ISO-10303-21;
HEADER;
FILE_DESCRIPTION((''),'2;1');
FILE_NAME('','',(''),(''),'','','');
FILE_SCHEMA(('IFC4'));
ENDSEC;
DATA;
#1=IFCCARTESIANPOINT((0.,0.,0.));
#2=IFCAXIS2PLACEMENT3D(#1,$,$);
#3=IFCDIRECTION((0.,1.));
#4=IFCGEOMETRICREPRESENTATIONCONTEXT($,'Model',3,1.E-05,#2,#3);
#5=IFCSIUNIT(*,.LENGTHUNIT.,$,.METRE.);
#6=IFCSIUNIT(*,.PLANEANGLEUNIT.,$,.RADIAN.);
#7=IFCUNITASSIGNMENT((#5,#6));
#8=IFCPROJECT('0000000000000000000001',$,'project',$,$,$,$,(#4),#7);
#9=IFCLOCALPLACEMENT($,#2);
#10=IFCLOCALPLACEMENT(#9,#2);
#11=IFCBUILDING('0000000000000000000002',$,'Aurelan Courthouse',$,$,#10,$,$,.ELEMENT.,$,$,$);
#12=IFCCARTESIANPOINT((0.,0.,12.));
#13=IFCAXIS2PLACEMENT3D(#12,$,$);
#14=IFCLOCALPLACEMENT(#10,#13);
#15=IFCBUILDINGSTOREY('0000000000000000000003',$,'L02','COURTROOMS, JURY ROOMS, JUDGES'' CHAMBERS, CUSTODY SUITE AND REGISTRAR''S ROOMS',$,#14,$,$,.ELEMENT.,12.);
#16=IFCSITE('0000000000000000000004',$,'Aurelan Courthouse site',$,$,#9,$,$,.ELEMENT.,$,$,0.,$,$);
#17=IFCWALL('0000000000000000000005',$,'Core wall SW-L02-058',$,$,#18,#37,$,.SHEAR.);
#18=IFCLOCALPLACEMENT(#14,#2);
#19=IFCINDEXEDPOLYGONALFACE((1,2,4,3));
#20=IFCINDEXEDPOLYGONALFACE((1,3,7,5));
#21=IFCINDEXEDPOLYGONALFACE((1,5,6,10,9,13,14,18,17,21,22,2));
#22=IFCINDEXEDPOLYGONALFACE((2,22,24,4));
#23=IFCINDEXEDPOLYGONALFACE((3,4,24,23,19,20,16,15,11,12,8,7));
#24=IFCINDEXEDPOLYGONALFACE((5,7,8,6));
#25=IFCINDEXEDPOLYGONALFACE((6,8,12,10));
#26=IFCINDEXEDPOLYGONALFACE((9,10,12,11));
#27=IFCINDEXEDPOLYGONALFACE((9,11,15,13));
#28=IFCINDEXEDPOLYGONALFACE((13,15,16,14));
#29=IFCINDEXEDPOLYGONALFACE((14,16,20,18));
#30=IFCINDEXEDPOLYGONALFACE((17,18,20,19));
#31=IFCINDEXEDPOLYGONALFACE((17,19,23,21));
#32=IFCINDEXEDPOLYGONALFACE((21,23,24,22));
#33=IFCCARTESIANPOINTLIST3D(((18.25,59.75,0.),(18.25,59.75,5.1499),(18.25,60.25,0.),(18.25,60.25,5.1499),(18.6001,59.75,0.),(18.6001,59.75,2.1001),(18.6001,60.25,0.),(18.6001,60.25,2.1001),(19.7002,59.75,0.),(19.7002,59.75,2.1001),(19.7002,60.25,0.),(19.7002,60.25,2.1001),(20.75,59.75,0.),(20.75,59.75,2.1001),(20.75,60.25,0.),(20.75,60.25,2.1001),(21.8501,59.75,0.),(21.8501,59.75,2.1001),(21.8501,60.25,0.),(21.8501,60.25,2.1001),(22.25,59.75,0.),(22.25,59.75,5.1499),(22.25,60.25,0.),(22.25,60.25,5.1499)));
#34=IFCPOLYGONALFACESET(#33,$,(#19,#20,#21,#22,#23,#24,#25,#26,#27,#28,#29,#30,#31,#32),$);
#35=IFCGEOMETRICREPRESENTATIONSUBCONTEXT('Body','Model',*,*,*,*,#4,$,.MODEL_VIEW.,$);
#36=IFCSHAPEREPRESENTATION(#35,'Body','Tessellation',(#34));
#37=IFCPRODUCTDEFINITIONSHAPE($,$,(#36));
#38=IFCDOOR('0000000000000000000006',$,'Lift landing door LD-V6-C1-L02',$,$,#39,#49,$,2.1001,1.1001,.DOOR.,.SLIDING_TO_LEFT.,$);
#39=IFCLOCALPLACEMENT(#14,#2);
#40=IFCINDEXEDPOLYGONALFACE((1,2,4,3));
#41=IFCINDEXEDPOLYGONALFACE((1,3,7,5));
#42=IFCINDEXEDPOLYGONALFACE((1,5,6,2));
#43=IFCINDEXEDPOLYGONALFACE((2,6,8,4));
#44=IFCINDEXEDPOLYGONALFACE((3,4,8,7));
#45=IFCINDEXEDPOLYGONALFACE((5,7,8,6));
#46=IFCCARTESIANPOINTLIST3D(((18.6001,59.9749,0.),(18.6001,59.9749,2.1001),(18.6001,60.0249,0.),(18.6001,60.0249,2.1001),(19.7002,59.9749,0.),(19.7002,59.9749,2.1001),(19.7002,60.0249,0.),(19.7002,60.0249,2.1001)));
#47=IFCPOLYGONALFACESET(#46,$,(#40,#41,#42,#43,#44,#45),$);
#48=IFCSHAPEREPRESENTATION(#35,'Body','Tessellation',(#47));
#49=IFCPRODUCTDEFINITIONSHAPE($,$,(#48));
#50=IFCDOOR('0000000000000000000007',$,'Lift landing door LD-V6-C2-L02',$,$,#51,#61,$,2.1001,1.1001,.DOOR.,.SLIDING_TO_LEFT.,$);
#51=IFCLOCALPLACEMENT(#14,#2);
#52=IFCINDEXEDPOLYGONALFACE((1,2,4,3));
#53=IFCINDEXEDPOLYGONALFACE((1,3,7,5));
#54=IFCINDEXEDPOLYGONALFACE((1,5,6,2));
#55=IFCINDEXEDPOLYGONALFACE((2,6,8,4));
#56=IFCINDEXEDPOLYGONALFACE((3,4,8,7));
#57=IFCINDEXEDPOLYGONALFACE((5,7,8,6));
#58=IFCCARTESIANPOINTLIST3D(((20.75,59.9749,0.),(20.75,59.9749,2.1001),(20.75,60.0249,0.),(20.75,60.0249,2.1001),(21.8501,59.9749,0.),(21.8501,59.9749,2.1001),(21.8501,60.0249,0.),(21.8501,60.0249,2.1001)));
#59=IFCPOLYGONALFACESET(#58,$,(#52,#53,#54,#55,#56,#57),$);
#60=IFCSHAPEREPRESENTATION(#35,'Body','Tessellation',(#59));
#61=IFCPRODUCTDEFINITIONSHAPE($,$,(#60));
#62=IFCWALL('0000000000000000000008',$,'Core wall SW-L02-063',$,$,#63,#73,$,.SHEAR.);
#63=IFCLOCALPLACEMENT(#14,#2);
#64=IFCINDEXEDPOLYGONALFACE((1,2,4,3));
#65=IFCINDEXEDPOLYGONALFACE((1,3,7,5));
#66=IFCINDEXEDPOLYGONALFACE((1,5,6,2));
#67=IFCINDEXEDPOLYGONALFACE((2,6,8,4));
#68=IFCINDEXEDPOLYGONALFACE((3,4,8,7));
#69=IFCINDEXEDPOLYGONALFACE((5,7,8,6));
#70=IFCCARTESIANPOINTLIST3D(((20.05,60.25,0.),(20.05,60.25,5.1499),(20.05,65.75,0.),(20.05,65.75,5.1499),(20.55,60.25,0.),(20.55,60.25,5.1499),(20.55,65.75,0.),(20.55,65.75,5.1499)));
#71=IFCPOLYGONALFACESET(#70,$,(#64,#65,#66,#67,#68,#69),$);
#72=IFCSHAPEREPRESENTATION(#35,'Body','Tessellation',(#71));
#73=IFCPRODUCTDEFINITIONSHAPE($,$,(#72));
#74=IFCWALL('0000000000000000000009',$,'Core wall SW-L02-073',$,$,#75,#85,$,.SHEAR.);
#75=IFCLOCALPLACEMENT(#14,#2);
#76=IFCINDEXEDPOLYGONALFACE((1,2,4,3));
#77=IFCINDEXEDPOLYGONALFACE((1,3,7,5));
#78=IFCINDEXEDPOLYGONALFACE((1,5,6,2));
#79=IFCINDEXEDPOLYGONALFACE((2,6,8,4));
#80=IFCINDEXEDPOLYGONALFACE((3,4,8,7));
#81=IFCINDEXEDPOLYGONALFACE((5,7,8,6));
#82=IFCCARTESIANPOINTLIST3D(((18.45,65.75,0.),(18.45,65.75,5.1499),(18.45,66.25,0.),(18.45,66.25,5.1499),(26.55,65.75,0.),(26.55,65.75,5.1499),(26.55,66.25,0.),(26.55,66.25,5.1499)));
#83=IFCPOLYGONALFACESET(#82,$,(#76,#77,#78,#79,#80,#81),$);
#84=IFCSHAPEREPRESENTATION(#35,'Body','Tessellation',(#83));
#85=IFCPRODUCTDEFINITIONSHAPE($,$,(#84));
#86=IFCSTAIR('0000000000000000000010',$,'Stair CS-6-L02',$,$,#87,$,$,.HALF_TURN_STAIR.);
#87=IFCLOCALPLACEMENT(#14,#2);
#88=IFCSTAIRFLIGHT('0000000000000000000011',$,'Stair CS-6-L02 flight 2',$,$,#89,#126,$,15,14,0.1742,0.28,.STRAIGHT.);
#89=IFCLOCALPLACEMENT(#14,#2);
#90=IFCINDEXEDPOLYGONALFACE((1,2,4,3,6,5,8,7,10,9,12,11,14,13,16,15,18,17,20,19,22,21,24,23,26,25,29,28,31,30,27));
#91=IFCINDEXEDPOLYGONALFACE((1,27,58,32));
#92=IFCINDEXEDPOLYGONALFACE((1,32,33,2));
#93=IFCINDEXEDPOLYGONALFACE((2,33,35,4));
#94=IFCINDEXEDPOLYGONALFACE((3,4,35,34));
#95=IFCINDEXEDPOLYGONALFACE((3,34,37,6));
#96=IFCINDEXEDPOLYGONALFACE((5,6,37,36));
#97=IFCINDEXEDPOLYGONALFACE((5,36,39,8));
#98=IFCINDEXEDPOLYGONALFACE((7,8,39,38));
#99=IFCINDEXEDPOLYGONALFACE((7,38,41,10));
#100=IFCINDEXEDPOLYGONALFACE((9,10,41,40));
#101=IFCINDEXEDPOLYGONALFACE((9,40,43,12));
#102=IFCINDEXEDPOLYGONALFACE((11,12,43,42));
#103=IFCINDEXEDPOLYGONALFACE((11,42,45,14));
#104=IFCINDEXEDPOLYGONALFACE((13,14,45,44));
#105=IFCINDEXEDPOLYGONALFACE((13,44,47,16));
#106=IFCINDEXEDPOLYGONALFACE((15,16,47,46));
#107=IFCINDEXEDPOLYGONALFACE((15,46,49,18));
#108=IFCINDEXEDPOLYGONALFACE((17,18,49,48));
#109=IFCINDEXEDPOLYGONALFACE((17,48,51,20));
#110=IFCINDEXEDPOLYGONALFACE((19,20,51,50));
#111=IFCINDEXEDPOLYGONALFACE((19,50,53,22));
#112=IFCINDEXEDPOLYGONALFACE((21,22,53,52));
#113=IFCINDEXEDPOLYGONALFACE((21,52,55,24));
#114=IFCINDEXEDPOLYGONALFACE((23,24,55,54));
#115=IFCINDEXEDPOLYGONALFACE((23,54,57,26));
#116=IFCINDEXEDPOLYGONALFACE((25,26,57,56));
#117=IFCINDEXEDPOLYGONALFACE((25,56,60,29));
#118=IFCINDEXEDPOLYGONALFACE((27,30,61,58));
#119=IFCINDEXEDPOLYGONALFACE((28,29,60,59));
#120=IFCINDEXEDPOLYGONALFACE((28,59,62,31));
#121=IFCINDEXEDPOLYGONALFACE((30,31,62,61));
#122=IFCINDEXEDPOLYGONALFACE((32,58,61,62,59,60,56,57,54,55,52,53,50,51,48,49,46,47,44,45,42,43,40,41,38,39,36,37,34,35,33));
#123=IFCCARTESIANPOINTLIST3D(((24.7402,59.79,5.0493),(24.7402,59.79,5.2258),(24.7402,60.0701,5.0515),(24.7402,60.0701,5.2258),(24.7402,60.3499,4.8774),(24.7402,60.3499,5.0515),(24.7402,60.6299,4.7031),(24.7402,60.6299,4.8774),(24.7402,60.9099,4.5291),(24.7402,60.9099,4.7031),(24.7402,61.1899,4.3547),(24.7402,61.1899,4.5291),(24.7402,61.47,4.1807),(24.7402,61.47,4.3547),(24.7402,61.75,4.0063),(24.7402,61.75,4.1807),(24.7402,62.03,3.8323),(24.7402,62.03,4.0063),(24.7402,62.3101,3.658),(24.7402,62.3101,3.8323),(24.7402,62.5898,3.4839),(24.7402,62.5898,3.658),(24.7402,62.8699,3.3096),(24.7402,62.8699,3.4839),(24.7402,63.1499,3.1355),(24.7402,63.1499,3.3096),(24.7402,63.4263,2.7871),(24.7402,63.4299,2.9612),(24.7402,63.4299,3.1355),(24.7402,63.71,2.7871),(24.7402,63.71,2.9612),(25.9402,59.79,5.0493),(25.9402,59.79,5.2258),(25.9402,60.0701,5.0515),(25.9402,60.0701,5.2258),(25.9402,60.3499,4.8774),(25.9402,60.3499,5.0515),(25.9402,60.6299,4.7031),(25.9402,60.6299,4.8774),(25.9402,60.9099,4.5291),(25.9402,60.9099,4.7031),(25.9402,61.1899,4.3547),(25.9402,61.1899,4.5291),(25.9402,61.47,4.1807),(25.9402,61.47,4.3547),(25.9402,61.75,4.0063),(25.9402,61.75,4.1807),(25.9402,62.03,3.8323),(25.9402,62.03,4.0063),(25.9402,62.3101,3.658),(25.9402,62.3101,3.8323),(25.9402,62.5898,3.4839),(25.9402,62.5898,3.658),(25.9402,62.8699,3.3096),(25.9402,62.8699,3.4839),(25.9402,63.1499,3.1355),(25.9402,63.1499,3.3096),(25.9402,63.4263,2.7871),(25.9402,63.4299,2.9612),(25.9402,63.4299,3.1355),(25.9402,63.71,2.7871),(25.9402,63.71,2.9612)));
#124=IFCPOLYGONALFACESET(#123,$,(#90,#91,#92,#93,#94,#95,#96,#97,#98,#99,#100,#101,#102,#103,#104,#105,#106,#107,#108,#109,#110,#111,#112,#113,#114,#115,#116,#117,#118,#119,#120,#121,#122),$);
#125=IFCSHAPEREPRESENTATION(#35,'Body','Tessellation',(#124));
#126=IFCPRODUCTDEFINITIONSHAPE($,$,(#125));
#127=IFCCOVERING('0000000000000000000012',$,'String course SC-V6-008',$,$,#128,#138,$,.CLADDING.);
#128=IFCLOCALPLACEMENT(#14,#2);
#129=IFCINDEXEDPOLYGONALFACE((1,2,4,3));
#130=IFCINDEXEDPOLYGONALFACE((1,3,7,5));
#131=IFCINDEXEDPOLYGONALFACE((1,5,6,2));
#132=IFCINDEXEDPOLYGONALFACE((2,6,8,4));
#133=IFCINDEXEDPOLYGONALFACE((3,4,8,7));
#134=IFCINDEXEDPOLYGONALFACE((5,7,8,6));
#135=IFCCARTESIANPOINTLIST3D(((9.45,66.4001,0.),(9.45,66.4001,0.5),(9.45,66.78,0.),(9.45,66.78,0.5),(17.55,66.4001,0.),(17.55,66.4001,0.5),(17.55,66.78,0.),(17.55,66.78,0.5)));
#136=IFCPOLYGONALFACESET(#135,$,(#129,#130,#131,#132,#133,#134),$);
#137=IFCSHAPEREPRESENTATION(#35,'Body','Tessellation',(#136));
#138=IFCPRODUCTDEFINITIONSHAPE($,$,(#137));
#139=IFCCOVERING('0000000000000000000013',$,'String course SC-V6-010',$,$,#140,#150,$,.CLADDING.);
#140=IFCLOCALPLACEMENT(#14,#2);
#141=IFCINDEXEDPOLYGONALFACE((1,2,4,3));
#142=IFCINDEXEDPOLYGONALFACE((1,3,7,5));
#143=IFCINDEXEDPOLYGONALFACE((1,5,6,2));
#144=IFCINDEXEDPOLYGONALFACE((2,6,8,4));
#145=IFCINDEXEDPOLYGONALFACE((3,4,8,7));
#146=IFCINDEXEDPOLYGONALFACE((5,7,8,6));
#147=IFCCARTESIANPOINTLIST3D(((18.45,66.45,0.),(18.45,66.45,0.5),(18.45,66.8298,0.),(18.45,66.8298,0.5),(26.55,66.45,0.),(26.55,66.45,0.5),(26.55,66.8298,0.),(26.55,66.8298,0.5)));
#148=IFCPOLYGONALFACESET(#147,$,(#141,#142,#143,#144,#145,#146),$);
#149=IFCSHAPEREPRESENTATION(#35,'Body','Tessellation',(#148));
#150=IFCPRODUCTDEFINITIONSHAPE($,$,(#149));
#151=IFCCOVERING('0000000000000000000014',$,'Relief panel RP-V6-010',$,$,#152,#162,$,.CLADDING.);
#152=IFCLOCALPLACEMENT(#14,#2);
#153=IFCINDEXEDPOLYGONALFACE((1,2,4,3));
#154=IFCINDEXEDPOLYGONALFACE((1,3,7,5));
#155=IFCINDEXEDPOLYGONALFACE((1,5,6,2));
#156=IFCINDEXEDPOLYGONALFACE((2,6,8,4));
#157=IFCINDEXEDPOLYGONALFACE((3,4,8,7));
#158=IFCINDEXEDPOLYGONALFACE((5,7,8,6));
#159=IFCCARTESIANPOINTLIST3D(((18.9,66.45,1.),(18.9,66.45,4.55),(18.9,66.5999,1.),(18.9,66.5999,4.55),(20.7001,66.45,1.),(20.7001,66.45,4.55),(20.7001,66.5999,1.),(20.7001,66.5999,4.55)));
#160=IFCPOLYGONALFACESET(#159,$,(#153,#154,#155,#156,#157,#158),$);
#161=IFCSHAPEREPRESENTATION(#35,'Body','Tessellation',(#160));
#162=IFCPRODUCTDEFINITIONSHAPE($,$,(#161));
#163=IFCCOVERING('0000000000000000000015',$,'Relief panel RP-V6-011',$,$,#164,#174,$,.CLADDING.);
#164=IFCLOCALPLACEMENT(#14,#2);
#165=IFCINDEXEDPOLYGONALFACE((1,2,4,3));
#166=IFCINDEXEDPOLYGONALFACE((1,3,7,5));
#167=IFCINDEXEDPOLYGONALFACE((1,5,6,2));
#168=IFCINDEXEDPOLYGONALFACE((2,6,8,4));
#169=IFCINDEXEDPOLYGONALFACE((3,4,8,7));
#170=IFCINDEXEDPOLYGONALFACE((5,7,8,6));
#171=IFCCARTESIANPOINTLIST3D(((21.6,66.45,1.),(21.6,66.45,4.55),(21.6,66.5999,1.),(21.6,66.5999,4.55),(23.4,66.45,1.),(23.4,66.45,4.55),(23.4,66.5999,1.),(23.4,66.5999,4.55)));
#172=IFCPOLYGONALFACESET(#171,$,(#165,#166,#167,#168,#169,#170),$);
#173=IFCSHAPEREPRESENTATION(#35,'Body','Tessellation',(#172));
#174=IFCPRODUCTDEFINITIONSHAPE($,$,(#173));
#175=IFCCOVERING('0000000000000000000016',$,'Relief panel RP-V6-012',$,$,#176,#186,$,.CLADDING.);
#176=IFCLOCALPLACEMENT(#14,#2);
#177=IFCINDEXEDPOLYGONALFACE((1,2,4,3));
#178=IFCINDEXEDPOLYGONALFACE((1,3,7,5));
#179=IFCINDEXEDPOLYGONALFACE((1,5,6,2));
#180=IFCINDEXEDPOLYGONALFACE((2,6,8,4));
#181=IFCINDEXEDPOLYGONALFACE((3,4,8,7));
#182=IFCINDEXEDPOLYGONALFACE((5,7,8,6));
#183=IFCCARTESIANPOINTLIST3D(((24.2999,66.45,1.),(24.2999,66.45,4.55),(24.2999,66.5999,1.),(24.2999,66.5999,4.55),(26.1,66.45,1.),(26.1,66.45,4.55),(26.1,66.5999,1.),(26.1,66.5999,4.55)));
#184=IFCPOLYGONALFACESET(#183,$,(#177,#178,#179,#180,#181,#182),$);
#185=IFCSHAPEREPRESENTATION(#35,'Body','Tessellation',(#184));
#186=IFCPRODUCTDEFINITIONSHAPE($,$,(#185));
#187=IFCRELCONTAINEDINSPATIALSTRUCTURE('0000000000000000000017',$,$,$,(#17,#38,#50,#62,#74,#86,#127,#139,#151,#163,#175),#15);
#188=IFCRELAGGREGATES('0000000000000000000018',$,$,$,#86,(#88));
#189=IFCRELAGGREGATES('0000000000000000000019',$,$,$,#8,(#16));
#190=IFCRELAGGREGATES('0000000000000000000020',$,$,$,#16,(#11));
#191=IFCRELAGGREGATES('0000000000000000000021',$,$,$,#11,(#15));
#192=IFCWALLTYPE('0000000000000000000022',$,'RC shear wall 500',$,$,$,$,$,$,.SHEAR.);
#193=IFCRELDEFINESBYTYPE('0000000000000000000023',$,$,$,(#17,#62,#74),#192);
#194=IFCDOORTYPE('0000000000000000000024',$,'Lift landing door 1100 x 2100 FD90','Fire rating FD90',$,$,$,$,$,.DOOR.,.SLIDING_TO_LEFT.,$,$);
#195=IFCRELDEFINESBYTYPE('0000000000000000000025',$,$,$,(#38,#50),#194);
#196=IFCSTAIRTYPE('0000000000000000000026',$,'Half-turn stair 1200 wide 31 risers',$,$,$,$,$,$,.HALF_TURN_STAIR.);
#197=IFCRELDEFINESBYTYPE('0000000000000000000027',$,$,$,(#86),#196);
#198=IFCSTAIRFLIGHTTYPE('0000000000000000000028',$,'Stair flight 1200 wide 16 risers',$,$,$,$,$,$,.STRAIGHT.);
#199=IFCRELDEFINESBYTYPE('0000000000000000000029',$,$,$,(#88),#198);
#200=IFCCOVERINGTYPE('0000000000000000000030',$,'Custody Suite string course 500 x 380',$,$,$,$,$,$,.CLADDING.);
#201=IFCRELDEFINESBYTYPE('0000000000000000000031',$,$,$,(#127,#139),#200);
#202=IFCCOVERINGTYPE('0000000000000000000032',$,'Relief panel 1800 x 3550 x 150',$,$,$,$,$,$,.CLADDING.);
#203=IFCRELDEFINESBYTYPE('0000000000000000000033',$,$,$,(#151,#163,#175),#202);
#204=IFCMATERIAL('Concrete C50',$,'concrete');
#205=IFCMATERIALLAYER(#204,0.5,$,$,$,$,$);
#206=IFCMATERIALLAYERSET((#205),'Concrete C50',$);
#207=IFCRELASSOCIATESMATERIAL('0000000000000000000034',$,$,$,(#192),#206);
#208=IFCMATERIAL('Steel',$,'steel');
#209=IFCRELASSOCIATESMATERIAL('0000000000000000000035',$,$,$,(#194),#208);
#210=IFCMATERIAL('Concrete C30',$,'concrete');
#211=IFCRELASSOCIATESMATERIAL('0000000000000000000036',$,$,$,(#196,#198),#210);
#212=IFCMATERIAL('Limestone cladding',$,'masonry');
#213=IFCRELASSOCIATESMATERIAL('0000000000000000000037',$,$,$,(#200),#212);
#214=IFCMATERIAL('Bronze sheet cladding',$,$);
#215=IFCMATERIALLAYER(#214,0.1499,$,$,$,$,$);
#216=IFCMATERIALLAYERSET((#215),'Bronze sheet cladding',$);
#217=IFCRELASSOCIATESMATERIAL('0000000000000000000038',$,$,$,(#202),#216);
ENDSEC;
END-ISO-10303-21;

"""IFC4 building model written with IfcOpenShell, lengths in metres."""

from ifc_helpers import new_model, si_unit, direction, frame, frame_2d, origin, origin_2d, place, context, subcontext, project, spatial, polyline, rectangle, outline, extrude, material, layer, layer_set, type_object, element, fill, aggregate, save


model = new_model("IFC4")

# Units and contexts
model_context = context("Model", 3, precision=1e-05, world=origin(), true_north=direction((0.0, 1.0)))
body_context = subcontext(model_context, "Body", "Model", "MODEL_VIEW")
ifc_project = project(units=[si_unit("LENGTHUNIT", "METRE"), si_unit("PLANEANGLEUNIT", "RADIAN")], contexts=[model_context])

# Site, building, storey
site_placement = place(None, origin())
site = spatial("IfcSite", under=ifc_project, at=site_placement, Name="Aurelan Courthouse site", CompositionType="ELEMENT", RefElevation=0.0)
building_placement = place(site_placement, origin())
building = spatial("IfcBuilding", under=site, at=building_placement, Name="Aurelan Courthouse", CompositionType="ELEMENT")
storey_placement = place(building_placement, frame((0.0, 0.0, 12.0)))
storey = spatial("IfcBuildingStorey", under=building, at=storey_placement, Name="L02", Description="COURTROOMS, JURY ROOMS, JUDGES' CHAMBERS, CUSTODY SUITE AND REGISTRAR'S ROOMS", CompositionType="ELEMENT", Elevation=12.0)

# Shared definitions
ifc_material_1 = material(Name="Concrete C50", Category="concrete")

# Shared definitions
ifc_material_2 = material(Name="Limestone cladding", Category="masonry")
ifc_material_3 = material(Name="Concrete C30", Category="concrete")

# Wall, openings, doors
ifc_layer_1 = layer(ifc_material_1, 0.5)
ifc_layer_set_1 = layer_set([ifc_layer_1], Name="Concrete C50")
wall_type_1 = type_object("IfcWallType", Name="RC shear wall 500", PredefinedType="SHEAR", material=ifc_layer_set_1)
wall_1_placement = place(storey_placement, frame((18.25, 60.0, 0.0), z_axis=(0.0, 0.0, 1.0), x_axis=(1.0, 0.0, 0.0)))
wall_1 = element("IfcWall", 1, at=wall_1_placement, inside=storey, type_object=wall_type_1, Name="Core wall SW-L02-058", PredefinedType="SHEAR", context=body_context, shape_type="SweptSolid", body=[
    extrude(rectangle(XDim=4.0, YDim=0.5, at=frame_2d((2.0, 0.0))), origin(), (0.0, 0.0, 1.0), 5.1499),
])
opening_1_placement = place(wall_1_placement, frame((0.3501, 0.0, 0.0)))
opening_1 = element("IfcOpeningElement", 2, at=opening_1_placement, cuts=wall_1, PredefinedType="OPENING", context=body_context, shape_type="SweptSolid", body=[
    extrude(rectangle(XDim=1.1001, YDim=2.1001, at=frame_2d((0.55, 1.05))), frame((0.0, 0.26, 0.0), z_axis=(0.0, -1.0, 0.0), x_axis=(1.0, 0.0, 0.0)), (0.0, 0.0, 1.0), 0.52),
])
opening_2_placement = place(wall_1_placement, frame((2.5, 0.0, 0.0)))
opening_2 = element("IfcOpeningElement", 3, at=opening_2_placement, cuts=wall_1, PredefinedType="OPENING", context=body_context, shape_type="SweptSolid", body=[
    extrude(rectangle(XDim=1.1001, YDim=2.1001, at=frame_2d((0.55, 1.05))), frame((0.0, 0.26, 0.0), z_axis=(0.0, -1.0, 0.0), x_axis=(1.0, 0.0, 0.0)), (0.0, 0.0, 1.0), 0.52),
])
ifc_material_4 = material(Name="Steel", Category="steel")
door_type = type_object("IfcDoorType", Name="Lift landing door 1100 x 2100 FD90", Description="Fire rating FD90", OperationType="SLIDING_TO_LEFT", PredefinedType="DOOR", material=ifc_material_4)
door_1_placement = place(opening_1_placement, origin())
door_1 = element("IfcDoor", 4, at=door_1_placement, inside=storey, type_object=door_type, Name="Lift landing door LD-V6-C1-L02", OperationType="SLIDING_TO_LEFT", OverallHeight=2.1001, OverallWidth=1.1001, PredefinedType="DOOR", context=body_context, shape_type="SweptSolid", body=[
    extrude(rectangle(XDim=1.1001, YDim=2.1001, at=frame_2d((0.55, 1.05))), frame((0.0, 0.0249, 0.0), z_axis=(0.0, -1.0, 0.0), x_axis=(1.0, 0.0, 0.0)), (0.0, 0.0, 1.0), 0.05),
])
fill(opening_1, door_1)
door_2_placement = place(opening_2_placement, origin())
door_2 = element("IfcDoor", 5, at=door_2_placement, inside=storey, type_object=door_type, Name="Lift landing door LD-V6-C2-L02", OperationType="SLIDING_TO_LEFT", OverallHeight=2.1001, OverallWidth=1.1001, PredefinedType="DOOR", context=body_context, shape_type="SweptSolid", body=[
    extrude(rectangle(XDim=1.1001, YDim=2.1001, at=frame_2d((0.55, 1.05))), frame((0.0, 0.0249, 0.0), z_axis=(0.0, -1.0, 0.0), x_axis=(1.0, 0.0, 0.0)), (0.0, 0.0, 1.0), 0.05),
])
fill(opening_2, door_2)

# Walls
wall_2_placement = place(storey_placement, frame((20.3, 60.25, 0.0), z_axis=(0.0, 0.0, 1.0), x_axis=(0.0, 1.0, 0.0)))
element("IfcWall", 6, at=wall_2_placement, inside=storey, type_object=wall_type_1, Name="Core wall SW-L02-063", PredefinedType="SHEAR", context=body_context, shape_type="SweptSolid", body=[
    extrude(rectangle(XDim=5.5, YDim=0.5, at=frame_2d((2.75, 0.0))), origin(), (0.0, 0.0, 1.0), 5.1499),
])
wall_3_placement = place(storey_placement, frame((18.45, 66.0, 0.0), z_axis=(0.0, 0.0, 1.0), x_axis=(1.0, 0.0, 0.0)))
element("IfcWall", 7, at=wall_3_placement, inside=storey, type_object=wall_type_1, Name="Core wall SW-L02-073", PredefinedType="SHEAR", context=body_context, shape_type="SweptSolid", body=[
    extrude(rectangle(XDim=8.1001, YDim=0.5, at=frame_2d((4.05, 0.0))), origin(), (0.0, 0.0, 1.0), 5.1499),
])

# Stair, stair flight
stair_type = type_object("IfcStairType", Name="Half-turn stair 1200 wide 31 risers", PredefinedType="HALF_TURN_STAIR", material=ifc_material_3)
stair_placement = place(storey_placement, origin())
stair = element("IfcStair", 8, at=stair_placement, inside=storey, type_object=stair_type, Name="Stair CS-6-L02", PredefinedType="HALF_TURN_STAIR")
stair_flight_type = type_object("IfcStairFlightType", Name="Stair flight 1200 wide 16 risers", PredefinedType="STRAIGHT", material=ifc_material_3)
stair_flight_placement = place(storey_placement, frame((25.3401, 63.71, 2.7871), z_axis=(0.0, 0.0, 1.0), x_axis=(0.0, -1.0, 0.0)))
stair_flight = element("IfcStairFlight", 9, at=stair_flight_placement, type_object=stair_flight_type, Name="Stair CS-6-L02 flight 2", NumberOfRisers=15, NumberOfTreads=14, PredefinedType="STRAIGHT", RiserHeight=0.1742, TreadLength=0.28, context=body_context, shape_type="SweptSolid", body=[
    extrude(outline(polyline([(0.0, 0.0), (0.0, 0.1741), (0.28, 0.1741), (0.28, 0.3484), (0.5601, 0.3484), (0.5601, 0.5225), (0.8401, 0.5225), (0.8401, 0.6968), (1.1201, 0.6968), (1.1201, 0.8708), (1.3999, 0.8708), (1.3999, 1.0452), (1.6799, 1.0452), (1.6799, 1.2192), (1.96, 1.2192), (1.96, 1.3936), (2.24, 1.3936), (2.24, 1.5676), (2.52, 1.5676), (2.52, 1.7419), (2.8, 1.7419), (2.8, 1.916), (3.0801, 1.916), (3.0801, 2.0903), (3.3601, 2.0903), (3.3601, 2.2644), (3.6399, 2.2644), (3.6399, 2.4387), (3.9199, 2.4387), (3.9199, 2.6128), (3.9199, 2.2622), (0.2837, 0.0), (0.0, 0.0)])), frame((0.0, 0.6001, 0.0), z_axis=(0.0, -1.0, 0.0), x_axis=(1.0, 0.0, 0.0)), (0.0, 0.0, 1.0), 1.2),
])
aggregate(stair, [stair_flight])

# Coverings
covering_type_1 = type_object("IfcCoveringType", Name="Custody Suite string course 500 x 380", PredefinedType="CLADDING", material=ifc_material_2)
for number, where, z_axis, x_axis, name in (
    (10, (13.5, 66.5901, 0.0), (0.0, 0.0, 1.0), (1.0, 0.0, 0.0), "String course SC-V6-008"),
    (11, (22.5, 66.6399, 0.0), (0.0, 0.0, 1.0), (1.0, 0.0, 0.0), "String course SC-V6-010"),
):
    element("IfcCovering", number, at=place(storey_placement, frame(where, z_axis=z_axis, x_axis=x_axis)), inside=storey, type_object=covering_type_1, Name=name, PredefinedType="CLADDING", context=body_context, shape_type="SweptSolid", body=[
        extrude(rectangle(XDim=8.1001, YDim=0.3799, at=origin_2d()), origin(), (0.0, 0.0, 1.0), 0.5),
    ])
ifc_material_5 = material(Name="Bronze sheet cladding")
ifc_layer_2 = layer(ifc_material_5, 0.1499)
ifc_layer_set_2 = layer_set([ifc_layer_2], Name="Bronze sheet cladding")
covering_type_2 = type_object("IfcCoveringType", Name="Relief panel 1800 x 3550 x 150", PredefinedType="CLADDING", material=ifc_layer_set_2)
for number, where, z_axis, x_axis, name in (
    (12, (19.8, 66.5249, 1.0), (0.0, 0.0, 1.0), (1.0, 0.0, 0.0), "Relief panel RP-V6-010"),
    (13, (22.5, 66.5249, 1.0), (0.0, 0.0, 1.0), (1.0, 0.0, 0.0), "Relief panel RP-V6-011"),
    (14, (25.2, 66.5249, 1.0), (0.0, 0.0, 1.0), (1.0, 0.0, 0.0), "Relief panel RP-V6-012"),
):
    element("IfcCovering", number, at=place(storey_placement, frame(where, z_axis=z_axis, x_axis=x_axis)), inside=storey, type_object=covering_type_2, Name=name, PredefinedType="CLADDING", context=body_context, shape_type="SweptSolid", body=[
        extrude(rectangle(XDim=1.8, YDim=0.1499, at=origin_2d()), origin(), (0.0, 0.0, 1.0), 3.55),
    ])

save(model, "model.ifc")
